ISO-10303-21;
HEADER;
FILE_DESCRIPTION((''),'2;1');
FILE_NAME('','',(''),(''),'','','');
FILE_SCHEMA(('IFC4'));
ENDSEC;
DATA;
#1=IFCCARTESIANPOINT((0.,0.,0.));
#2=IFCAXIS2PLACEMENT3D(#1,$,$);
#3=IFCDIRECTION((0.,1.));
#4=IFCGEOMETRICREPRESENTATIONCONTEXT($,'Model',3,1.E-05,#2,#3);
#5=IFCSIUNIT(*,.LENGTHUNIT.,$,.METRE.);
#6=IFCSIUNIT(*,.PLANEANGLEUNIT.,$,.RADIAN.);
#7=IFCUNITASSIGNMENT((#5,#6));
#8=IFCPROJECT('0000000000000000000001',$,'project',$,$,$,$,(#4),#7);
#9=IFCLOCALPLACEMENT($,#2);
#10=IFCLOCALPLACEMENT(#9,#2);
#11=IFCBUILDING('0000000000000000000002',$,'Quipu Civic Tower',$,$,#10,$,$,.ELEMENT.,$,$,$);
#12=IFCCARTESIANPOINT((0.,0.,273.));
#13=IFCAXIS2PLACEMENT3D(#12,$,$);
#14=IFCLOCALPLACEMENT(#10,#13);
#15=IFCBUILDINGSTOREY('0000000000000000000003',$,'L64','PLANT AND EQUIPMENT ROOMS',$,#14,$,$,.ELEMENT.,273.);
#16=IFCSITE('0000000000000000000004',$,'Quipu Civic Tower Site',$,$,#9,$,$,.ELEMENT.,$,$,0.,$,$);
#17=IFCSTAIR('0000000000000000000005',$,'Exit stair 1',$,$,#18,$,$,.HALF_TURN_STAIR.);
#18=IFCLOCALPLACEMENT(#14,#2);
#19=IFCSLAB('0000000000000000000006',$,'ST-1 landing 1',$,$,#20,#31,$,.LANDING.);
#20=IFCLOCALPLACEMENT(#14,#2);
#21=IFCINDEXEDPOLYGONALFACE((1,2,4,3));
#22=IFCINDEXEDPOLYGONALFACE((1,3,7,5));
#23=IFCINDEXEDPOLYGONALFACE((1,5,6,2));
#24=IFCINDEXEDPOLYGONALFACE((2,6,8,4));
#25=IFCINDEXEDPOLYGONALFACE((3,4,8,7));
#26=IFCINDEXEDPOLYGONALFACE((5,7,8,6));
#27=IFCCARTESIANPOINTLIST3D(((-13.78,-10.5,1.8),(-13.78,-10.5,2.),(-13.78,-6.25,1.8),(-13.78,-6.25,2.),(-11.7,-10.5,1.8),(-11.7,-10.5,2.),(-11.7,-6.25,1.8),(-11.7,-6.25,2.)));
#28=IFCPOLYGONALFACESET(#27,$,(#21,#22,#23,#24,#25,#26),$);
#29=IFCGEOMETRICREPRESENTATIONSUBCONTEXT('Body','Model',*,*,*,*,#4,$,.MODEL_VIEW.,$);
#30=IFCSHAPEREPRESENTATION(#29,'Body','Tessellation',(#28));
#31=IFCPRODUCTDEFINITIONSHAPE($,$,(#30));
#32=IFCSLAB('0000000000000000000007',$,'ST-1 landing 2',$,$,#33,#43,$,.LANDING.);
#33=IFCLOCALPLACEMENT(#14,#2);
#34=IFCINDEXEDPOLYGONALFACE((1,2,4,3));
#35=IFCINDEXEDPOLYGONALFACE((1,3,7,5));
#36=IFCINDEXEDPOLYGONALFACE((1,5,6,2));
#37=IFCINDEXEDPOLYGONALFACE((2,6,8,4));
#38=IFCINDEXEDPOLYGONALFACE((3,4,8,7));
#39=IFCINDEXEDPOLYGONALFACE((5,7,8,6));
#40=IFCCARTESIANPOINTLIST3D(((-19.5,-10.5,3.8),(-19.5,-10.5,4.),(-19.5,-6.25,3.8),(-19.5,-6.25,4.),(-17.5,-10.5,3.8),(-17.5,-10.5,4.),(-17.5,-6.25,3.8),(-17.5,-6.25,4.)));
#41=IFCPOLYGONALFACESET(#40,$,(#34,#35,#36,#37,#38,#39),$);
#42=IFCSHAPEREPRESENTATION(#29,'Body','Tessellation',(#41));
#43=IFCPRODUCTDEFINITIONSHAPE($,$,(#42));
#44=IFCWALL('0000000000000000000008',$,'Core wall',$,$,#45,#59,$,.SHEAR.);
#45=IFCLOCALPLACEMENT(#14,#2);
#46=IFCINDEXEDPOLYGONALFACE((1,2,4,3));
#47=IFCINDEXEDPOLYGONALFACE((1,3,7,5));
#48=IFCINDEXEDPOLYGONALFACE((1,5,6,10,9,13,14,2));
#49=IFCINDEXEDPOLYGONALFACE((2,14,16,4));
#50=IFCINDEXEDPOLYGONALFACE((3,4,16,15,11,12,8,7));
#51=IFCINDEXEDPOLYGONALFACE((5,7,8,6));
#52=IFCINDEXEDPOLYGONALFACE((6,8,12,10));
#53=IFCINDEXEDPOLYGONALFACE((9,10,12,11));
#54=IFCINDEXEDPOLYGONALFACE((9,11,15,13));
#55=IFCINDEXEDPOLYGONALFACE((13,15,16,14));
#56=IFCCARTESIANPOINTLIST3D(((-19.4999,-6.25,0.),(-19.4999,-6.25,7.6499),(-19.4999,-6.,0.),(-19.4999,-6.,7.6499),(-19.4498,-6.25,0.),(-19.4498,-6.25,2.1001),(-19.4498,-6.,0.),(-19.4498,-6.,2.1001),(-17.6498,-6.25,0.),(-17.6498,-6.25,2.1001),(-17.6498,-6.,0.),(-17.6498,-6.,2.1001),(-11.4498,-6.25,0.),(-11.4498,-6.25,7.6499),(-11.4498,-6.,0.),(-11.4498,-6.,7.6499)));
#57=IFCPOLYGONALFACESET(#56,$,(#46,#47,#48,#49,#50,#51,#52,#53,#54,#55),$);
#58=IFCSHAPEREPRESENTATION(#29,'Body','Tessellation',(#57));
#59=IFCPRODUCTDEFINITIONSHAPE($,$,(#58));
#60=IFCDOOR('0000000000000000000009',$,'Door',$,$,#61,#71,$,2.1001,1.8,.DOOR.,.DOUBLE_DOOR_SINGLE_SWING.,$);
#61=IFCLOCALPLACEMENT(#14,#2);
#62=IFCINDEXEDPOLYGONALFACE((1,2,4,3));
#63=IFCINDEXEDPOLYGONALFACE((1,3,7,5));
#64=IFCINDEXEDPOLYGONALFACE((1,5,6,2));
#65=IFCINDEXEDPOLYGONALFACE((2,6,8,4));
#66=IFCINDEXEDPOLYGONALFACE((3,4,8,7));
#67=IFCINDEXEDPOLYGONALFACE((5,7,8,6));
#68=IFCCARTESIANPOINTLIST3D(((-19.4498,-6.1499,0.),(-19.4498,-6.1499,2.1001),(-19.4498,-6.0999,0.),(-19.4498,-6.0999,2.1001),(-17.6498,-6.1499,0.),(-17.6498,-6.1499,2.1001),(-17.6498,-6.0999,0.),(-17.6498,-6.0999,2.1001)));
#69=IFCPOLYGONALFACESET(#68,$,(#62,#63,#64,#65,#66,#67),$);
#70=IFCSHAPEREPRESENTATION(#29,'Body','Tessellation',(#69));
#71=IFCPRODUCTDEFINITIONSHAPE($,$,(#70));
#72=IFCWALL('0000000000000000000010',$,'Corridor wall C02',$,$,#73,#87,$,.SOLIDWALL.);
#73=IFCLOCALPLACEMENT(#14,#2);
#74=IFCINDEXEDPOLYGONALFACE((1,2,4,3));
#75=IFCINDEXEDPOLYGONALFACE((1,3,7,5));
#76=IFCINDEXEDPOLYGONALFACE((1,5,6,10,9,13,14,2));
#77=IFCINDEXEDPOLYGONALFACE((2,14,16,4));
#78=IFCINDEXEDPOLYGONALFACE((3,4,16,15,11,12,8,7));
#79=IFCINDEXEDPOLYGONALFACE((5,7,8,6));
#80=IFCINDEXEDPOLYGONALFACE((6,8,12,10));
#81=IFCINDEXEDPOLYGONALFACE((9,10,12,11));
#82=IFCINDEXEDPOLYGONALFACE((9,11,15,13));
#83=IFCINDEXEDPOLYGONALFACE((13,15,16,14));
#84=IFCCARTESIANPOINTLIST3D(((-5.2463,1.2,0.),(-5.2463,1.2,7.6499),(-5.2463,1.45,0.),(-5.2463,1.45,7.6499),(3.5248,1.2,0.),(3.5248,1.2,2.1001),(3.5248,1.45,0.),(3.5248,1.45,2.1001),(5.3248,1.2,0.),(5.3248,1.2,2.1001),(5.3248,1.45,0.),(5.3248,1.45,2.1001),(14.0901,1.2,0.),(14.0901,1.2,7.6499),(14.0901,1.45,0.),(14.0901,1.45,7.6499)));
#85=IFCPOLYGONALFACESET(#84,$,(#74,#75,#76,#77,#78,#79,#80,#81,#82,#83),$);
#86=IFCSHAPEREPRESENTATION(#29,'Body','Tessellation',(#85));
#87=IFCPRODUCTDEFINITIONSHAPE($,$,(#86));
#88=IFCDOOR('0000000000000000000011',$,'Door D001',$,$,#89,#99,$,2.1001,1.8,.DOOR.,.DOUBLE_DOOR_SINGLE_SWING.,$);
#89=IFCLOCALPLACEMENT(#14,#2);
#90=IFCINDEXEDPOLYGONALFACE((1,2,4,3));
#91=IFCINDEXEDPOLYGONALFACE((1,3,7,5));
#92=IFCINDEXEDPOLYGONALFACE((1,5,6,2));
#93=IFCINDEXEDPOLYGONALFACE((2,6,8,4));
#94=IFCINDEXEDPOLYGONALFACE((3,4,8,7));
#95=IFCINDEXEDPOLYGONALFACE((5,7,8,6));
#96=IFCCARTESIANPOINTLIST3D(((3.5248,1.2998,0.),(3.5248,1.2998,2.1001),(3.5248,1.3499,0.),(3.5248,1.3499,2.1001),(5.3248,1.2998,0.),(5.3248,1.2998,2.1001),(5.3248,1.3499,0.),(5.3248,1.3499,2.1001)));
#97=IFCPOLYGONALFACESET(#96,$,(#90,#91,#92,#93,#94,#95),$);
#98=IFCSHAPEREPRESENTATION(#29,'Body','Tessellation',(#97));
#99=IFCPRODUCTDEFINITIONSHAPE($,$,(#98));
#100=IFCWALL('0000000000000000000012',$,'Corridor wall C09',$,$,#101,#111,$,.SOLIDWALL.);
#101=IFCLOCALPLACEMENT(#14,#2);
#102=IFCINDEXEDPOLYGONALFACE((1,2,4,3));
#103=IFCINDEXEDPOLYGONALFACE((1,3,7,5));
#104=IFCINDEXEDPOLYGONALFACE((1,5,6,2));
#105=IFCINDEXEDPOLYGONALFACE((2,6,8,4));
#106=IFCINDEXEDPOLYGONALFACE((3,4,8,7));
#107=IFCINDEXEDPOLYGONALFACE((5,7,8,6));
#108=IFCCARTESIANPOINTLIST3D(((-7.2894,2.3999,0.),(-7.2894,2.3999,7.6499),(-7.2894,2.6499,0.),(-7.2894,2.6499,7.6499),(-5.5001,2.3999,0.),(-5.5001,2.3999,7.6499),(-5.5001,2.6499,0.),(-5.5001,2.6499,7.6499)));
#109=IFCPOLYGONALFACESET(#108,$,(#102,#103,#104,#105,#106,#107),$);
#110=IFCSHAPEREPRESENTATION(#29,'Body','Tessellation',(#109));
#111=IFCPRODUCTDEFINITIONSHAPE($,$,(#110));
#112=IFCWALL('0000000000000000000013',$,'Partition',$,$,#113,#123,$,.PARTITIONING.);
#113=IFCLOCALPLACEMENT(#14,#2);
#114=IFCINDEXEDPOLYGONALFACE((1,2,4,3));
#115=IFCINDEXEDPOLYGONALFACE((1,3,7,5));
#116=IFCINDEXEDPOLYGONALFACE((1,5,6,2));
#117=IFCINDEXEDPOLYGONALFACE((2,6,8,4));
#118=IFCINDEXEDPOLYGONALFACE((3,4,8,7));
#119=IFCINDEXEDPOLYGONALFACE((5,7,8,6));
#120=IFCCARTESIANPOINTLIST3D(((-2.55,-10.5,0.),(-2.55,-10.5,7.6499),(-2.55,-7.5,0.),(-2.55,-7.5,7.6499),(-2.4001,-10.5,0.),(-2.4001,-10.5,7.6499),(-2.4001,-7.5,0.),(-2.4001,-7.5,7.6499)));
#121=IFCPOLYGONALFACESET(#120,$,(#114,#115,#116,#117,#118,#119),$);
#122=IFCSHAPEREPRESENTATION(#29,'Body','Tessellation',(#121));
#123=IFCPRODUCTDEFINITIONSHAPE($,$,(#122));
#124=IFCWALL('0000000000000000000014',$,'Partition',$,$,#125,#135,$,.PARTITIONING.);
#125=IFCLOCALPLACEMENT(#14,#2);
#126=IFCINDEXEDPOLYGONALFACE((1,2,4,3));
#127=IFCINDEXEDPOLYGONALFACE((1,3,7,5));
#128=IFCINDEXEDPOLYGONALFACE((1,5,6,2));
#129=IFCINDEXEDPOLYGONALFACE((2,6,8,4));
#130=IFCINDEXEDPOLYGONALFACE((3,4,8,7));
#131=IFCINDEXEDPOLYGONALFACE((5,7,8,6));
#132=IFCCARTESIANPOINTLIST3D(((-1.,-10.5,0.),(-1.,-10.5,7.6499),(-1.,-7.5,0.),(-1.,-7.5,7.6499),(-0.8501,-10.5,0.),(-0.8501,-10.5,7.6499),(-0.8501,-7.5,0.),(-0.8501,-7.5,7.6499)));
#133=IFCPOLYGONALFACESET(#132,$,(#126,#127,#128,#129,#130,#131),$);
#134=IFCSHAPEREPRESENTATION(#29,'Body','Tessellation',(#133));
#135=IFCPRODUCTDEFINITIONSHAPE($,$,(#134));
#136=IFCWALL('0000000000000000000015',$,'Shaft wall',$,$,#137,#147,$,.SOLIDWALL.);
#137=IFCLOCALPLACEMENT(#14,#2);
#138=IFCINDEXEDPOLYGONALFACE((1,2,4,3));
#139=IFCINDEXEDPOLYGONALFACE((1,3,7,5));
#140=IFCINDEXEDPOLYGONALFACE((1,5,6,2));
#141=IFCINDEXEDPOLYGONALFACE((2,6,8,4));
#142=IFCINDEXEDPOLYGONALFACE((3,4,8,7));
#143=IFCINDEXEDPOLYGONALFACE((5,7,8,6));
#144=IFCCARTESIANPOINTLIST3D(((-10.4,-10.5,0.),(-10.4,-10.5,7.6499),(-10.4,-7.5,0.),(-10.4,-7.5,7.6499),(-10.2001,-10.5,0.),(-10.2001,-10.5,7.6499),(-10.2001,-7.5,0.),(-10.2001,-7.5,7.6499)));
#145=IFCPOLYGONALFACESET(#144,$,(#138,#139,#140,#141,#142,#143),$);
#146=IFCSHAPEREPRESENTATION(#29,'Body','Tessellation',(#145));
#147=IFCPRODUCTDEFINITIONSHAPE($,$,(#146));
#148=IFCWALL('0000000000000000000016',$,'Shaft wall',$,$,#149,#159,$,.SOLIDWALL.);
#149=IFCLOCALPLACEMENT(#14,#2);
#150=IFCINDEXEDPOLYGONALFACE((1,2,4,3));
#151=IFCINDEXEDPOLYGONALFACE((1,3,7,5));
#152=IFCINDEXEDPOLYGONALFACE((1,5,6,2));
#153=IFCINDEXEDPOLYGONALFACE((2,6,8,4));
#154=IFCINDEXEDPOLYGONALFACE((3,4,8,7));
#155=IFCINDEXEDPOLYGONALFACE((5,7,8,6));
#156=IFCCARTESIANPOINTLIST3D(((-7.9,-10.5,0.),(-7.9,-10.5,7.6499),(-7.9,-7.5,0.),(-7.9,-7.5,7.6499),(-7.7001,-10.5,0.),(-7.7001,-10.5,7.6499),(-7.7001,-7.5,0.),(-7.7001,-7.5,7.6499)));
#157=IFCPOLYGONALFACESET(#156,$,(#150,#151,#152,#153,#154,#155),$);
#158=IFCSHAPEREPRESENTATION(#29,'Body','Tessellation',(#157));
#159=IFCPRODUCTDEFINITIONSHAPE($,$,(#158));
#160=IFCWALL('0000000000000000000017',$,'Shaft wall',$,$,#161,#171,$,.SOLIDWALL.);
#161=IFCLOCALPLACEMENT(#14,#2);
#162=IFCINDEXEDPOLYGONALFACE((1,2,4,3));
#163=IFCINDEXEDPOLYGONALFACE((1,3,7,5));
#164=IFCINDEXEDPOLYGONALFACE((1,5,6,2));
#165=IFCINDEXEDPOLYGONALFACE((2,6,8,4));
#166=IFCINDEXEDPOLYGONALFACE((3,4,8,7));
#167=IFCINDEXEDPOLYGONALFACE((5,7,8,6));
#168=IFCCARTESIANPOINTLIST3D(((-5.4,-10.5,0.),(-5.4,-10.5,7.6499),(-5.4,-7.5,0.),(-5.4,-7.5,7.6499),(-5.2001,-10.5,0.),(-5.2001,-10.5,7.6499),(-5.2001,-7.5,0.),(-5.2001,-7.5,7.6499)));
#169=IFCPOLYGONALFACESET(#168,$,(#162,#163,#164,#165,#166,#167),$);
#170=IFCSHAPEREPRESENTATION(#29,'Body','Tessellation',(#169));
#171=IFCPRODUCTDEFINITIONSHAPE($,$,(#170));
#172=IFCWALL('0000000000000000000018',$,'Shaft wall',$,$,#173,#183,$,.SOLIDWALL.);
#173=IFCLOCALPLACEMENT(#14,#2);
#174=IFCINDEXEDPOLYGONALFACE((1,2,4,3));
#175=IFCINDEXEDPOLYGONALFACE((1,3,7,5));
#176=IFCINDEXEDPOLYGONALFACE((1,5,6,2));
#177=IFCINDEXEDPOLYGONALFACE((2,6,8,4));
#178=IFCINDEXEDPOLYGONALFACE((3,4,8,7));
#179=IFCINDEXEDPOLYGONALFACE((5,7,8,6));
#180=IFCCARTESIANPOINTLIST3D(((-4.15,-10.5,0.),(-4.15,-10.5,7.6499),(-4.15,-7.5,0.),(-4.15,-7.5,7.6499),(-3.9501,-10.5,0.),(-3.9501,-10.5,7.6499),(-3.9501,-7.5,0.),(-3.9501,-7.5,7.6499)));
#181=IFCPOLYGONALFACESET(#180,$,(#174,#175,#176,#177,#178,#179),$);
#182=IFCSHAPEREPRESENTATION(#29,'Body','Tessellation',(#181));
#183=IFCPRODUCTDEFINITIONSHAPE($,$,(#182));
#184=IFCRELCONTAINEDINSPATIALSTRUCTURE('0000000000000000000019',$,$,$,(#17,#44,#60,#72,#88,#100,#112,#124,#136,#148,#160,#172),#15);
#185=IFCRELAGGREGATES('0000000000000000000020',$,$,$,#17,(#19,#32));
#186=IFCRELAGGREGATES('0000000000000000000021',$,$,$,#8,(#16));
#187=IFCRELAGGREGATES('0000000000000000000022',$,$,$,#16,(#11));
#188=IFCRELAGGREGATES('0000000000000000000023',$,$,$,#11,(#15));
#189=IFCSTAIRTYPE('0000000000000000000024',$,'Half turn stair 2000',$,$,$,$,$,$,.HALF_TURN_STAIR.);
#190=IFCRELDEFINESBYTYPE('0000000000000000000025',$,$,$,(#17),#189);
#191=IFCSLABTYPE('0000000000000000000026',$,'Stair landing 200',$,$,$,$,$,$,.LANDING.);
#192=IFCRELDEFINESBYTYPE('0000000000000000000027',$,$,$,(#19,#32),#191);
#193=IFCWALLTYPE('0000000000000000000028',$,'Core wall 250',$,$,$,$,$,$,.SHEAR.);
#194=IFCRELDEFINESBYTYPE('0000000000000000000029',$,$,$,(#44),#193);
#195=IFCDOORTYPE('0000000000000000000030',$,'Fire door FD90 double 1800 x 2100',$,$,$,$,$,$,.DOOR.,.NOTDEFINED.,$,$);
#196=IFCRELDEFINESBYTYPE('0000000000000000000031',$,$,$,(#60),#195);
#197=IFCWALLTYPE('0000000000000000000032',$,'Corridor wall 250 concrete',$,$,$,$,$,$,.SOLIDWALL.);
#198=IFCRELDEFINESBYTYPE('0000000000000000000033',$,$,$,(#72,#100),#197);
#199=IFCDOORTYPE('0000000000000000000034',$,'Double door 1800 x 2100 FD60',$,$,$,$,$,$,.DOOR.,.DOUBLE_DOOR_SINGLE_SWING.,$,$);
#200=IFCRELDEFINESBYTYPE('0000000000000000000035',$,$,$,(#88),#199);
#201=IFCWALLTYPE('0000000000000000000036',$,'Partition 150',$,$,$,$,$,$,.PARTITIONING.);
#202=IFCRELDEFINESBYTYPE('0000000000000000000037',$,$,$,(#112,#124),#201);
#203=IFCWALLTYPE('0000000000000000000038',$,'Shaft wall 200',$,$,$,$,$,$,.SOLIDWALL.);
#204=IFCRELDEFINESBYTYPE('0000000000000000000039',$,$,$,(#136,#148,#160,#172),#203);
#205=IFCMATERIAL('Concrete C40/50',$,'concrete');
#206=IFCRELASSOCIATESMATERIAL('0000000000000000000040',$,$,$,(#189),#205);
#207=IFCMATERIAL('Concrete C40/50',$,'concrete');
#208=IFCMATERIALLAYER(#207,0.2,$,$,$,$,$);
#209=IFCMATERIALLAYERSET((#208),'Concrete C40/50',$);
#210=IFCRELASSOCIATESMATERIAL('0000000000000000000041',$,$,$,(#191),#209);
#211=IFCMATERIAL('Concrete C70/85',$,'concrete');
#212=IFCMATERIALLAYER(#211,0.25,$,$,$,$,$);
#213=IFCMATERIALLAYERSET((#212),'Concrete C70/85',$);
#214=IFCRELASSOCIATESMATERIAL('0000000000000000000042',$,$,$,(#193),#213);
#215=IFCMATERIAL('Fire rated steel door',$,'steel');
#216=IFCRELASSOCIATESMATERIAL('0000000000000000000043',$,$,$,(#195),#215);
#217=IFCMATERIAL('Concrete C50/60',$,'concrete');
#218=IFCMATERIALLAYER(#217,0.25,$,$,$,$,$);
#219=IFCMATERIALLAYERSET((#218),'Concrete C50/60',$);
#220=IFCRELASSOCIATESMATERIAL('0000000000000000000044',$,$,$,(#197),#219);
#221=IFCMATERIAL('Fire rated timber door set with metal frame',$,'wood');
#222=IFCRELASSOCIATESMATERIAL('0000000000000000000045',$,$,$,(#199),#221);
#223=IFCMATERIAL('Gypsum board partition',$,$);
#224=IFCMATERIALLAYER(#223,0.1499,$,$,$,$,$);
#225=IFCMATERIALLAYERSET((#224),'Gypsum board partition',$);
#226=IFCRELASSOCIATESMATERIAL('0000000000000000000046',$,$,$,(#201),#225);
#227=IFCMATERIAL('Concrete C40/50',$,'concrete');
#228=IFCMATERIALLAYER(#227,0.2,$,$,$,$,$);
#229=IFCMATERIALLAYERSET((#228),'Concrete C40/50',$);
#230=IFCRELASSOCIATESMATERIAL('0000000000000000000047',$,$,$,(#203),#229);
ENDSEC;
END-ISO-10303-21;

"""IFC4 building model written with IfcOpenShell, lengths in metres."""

from ifc_helpers import new_model, si_unit, direction, frame, frame_2d, origin, place, context, subcontext, project, spatial, polyline, rectangle, outline, extrude, material, layer, layer_set, type_object, element, fill, aggregate, save


model = new_model("IFC4")

# Units and contexts
model_context = context("Model", 3, precision=1e-05, world=origin(), true_north=direction((0.0, 1.0)))
body_context = subcontext(model_context, "Body", "Model", "MODEL_VIEW")
ifc_project = project(units=[si_unit("LENGTHUNIT", "METRE"), si_unit("PLANEANGLEUNIT", "RADIAN")], contexts=[model_context])

# Site, building, storey
site_placement = place(None, origin())
site = spatial("IfcSite", under=ifc_project, at=site_placement, Name="Quipu Civic Tower Site", CompositionType="ELEMENT", RefElevation=0.0)
building_placement = place(site_placement, origin())
building = spatial("IfcBuilding", under=site, at=building_placement, Name="Quipu Civic Tower", CompositionType="ELEMENT")
storey_placement = place(building_placement, frame((0.0, 0.0, 273.0)))
storey = spatial("IfcBuildingStorey", under=building, at=storey_placement, Name="L64", Description="PLANT AND EQUIPMENT ROOMS", CompositionType="ELEMENT", Elevation=273.0)

# Stair, slabs
ifc_material_1 = material(Name="Concrete C40/50", Category="concrete")
stair_type = type_object("IfcStairType", Name="Half turn stair 2000", PredefinedType="HALF_TURN_STAIR", material=ifc_material_1)
stair_placement = place(storey_placement, origin())
stair = element("IfcStair", 1, at=stair_placement, inside=storey, type_object=stair_type, Name="Exit stair 1", PredefinedType="HALF_TURN_STAIR")
ifc_material_2 = material(Name="Concrete C40/50", Category="concrete")
ifc_layer_1 = layer(ifc_material_2, 0.2)
ifc_layer_set_1 = layer_set([ifc_layer_1], Name="Concrete C40/50")
slab_type_1 = type_object("IfcSlabType", Name="Stair landing 200", PredefinedType="LANDING", material=ifc_layer_set_1)
slab_1_placement = place(storey_placement, frame((0.0, 0.0, 1.8)))
slab_1 = element("IfcSlab", 2, at=slab_1_placement, type_object=slab_type_1, Name="ST-1 landing 1", PredefinedType="LANDING", context=body_context, shape_type="SweptSolid", body=[
    extrude(outline(polyline([(-13.78, -10.5), (-11.7, -10.5), (-11.7, -6.25), (-13.78, -6.25), (-13.78, -10.5)])), origin(), (0.0, 0.0, 1.0), 0.2),
])
slab_2_placement = place(storey_placement, frame((0.0, 0.0, 3.8)))
slab_2 = element("IfcSlab", 3, at=slab_2_placement, type_object=slab_type_1, Name="ST-1 landing 2", PredefinedType="LANDING", context=body_context, shape_type="SweptSolid", body=[
    extrude(outline(polyline([(-19.5, -10.5), (-17.5, -10.5), (-17.5, -6.25), (-19.5, -6.25), (-19.5, -10.5)])), origin(), (0.0, 0.0, 1.0), 0.2),
])
aggregate(stair, [slab_1, slab_2])

# Walls, openings, doors
ifc_material_3 = material(Name="Concrete C70/85", Category="concrete")
ifc_layer_2 = layer(ifc_material_3, 0.25)
ifc_layer_set_2 = layer_set([ifc_layer_2], Name="Concrete C70/85")
wall_type_1 = type_object("IfcWallType", Name="Core wall 250", PredefinedType="SHEAR", material=ifc_layer_set_2)
wall_1_placement = place(storey_placement, frame((-11.45, -6.125, 0.0), z_axis=(0.0, 0.0, 1.0), x_axis=(-1.0, 0.0, 0.0)))
wall_1 = element("IfcWall", 4, at=wall_1_placement, inside=storey, type_object=wall_type_1, Name="Core wall", PredefinedType="SHEAR", context=body_context, shape_type="SweptSolid", body=[
    extrude(rectangle(XDim=8.05, YDim=0.25, at=frame_2d((4.0249, 0.0))), origin(), (0.0, 0.0, 1.0), 7.6499),
])
opening_1_placement = place(wall_1_placement, frame((6.2, 0.0, 0.0)))
opening_1 = element("IfcOpeningElement", 5, at=opening_1_placement, cuts=wall_1, PredefinedType="OPENING", context=body_context, shape_type="SweptSolid", body=[
    extrude(rectangle(XDim=1.8, YDim=2.1001, at=frame_2d((0.8999, 1.05))), frame((0.0, 0.135, 0.0), z_axis=(0.0, -1.0, 0.0), x_axis=(1.0, 0.0, 0.0)), (0.0, 0.0, 1.0), 0.27),
])
ifc_material_4 = material(Name="Fire rated steel door", Category="steel")
door_type_1 = type_object("IfcDoorType", Name="Fire door FD90 double 1800 x 2100", OperationType="NOTDEFINED", PredefinedType="DOOR", material=ifc_material_4)
door_1_placement = place(opening_1_placement, origin())
door_1 = element("IfcDoor", 6, at=door_1_placement, inside=storey, type_object=door_type_1, Name="Door", OperationType="DOUBLE_DOOR_SINGLE_SWING", OverallHeight=2.1001, OverallWidth=1.8, PredefinedType="DOOR", context=body_context, shape_type="SweptSolid", body=[
    extrude(rectangle(XDim=1.8, YDim=2.1001, at=frame_2d((0.8999, 1.05))), frame((0.0, 0.0249, 0.0), z_axis=(0.0, -1.0, 0.0), x_axis=(1.0, 0.0, 0.0)), (0.0, 0.0, 1.0), 0.05),
])
fill(opening_1, door_1)
ifc_material_5 = material(Name="Concrete C50/60", Category="concrete")
ifc_layer_3 = layer(ifc_material_5, 0.25)
ifc_layer_set_3 = layer_set([ifc_layer_3], Name="Concrete C50/60")
wall_type_2 = type_object("IfcWallType", Name="Corridor wall 250 concrete", PredefinedType="SOLIDWALL", material=ifc_layer_set_3)
wall_2_placement = place(storey_placement, frame((-5.2463, 1.325, 0.0), z_axis=(0.0, 0.0, 1.0), x_axis=(1.0, 0.0, 0.0)))
wall_2 = element("IfcWall", 7, at=wall_2_placement, inside=storey, type_object=wall_type_2, Name="Corridor wall C02", PredefinedType="SOLIDWALL", context=body_context, shape_type="SweptSolid", body=[
    extrude(rectangle(XDim=19.3364, YDim=0.25, at=frame_2d((9.6682, 0.0))), origin(), (0.0, 0.0, 1.0), 7.6499),
])
opening_2_placement = place(wall_2_placement, frame((8.7712, 0.0, 0.0)))
opening_2 = element("IfcOpeningElement", 8, at=opening_2_placement, cuts=wall_2, PredefinedType="OPENING", context=body_context, shape_type="SweptSolid", body=[
    extrude(rectangle(XDim=1.8, YDim=2.1001, at=frame_2d((0.8999, 1.05))), frame((0.0, 0.135, 0.0), z_axis=(0.0, -1.0, 0.0), x_axis=(1.0, 0.0, 0.0)), (0.0, 0.0, 1.0), 0.27),
])
ifc_material_6 = material(Name="Fire rated timber door set with metal frame", Category="wood")
door_type_2 = type_object("IfcDoorType", Name="Double door 1800 x 2100 FD60", OperationType="DOUBLE_DOOR_SINGLE_SWING", PredefinedType="DOOR", material=ifc_material_6)
door_2_placement = place(opening_2_placement, origin())
door_2 = element("IfcDoor", 9, at=door_2_placement, inside=storey, type_object=door_type_2, Name="Door D001", OperationType="DOUBLE_DOOR_SINGLE_SWING", OverallHeight=2.1001, OverallWidth=1.8, PredefinedType="DOOR", context=body_context, shape_type="SweptSolid", body=[
    extrude(rectangle(XDim=1.8, YDim=2.1001, at=frame_2d((0.8999, 1.05))), frame((0.0, 0.0249, 0.0), z_axis=(0.0, -1.0, 0.0), x_axis=(1.0, 0.0, 0.0)), (0.0, 0.0, 1.0), 0.05),
])
fill(opening_2, door_2)

# Walls
wall_3_placement = place(storey_placement, frame((-7.2893, 2.5249, 0.0), z_axis=(0.0, 0.0, 1.0), x_axis=(1.0, 0.0, 0.0)))
element("IfcWall", 10, at=wall_3_placement, inside=storey, type_object=wall_type_2, Name="Corridor wall C09", PredefinedType="SOLIDWALL", context=body_context, shape_type="SweptSolid", body=[
    extrude(rectangle(XDim=1.7893, YDim=0.25, at=frame_2d((0.8945, 0.0))), origin(), (0.0, 0.0, 1.0), 7.6499),
])
ifc_material_7 = material(Name="Gypsum board partition")
ifc_layer_4 = layer(ifc_material_7, 0.1499)
ifc_layer_set_4 = layer_set([ifc_layer_4], Name="Gypsum board partition")
wall_type_3 = type_object("IfcWallType", Name="Partition 150", PredefinedType="PARTITIONING", material=ifc_layer_set_4)
for number, where, z_axis, x_axis, name in (
    (11, (-2.4751, -10.5, 0.0), (0.0, 0.0, 1.0), (0.0, 1.0, 0.0), "Partition"),
    (12, (-0.925, -10.5, 0.0), (0.0, 0.0, 1.0), (0.0, 1.0, 0.0), "Partition"),
):
    element("IfcWall", number, at=place(storey_placement, frame(where, z_axis=z_axis, x_axis=x_axis)), inside=storey, type_object=wall_type_3, Name=name, PredefinedType="PARTITIONING", context=body_context, shape_type="SweptSolid", body=[
        extrude(rectangle(XDim=3.0, YDim=0.1499, at=frame_2d((1.5, 0.0))), origin(), (0.0, 0.0, 1.0), 7.6499),
    ])
ifc_material_8 = material(Name="Concrete C40/50", Category="concrete")
ifc_layer_5 = layer(ifc_material_8, 0.2)
ifc_layer_set_5 = layer_set([ifc_layer_5], Name="Concrete C40/50")
wall_type_4 = type_object("IfcWallType", Name="Shaft wall 200", PredefinedType="SOLIDWALL", material=ifc_layer_set_5)
for number, where, z_axis, x_axis, name in (
    (13, (-10.3, -10.5, 0.0), (0.0, 0.0, 1.0), (0.0, 1.0, 0.0), "Shaft wall"),
    (14, (-7.8, -10.5, 0.0), (0.0, 0.0, 1.0), (0.0, 1.0, 0.0), "Shaft wall"),
    (15, (-5.3, -10.5, 0.0), (0.0, 0.0, 1.0), (0.0, 1.0, 0.0), "Shaft wall"),
    (16, (-4.05, -10.5, 0.0), (0.0, 0.0, 1.0), (0.0, 1.0, 0.0), "Shaft wall"),
):
    element("IfcWall", number, at=place(storey_placement, frame(where, z_axis=z_axis, x_axis=x_axis)), inside=storey, type_object=wall_type_4, Name=name, PredefinedType="SOLIDWALL", context=body_context, shape_type="SweptSolid", body=[
        extrude(rectangle(XDim=3.0, YDim=0.2, at=frame_2d((1.5, 0.0))), origin(), (0.0, 0.0, 1.0), 7.6499),
    ])

save(model, "model.ifc")
